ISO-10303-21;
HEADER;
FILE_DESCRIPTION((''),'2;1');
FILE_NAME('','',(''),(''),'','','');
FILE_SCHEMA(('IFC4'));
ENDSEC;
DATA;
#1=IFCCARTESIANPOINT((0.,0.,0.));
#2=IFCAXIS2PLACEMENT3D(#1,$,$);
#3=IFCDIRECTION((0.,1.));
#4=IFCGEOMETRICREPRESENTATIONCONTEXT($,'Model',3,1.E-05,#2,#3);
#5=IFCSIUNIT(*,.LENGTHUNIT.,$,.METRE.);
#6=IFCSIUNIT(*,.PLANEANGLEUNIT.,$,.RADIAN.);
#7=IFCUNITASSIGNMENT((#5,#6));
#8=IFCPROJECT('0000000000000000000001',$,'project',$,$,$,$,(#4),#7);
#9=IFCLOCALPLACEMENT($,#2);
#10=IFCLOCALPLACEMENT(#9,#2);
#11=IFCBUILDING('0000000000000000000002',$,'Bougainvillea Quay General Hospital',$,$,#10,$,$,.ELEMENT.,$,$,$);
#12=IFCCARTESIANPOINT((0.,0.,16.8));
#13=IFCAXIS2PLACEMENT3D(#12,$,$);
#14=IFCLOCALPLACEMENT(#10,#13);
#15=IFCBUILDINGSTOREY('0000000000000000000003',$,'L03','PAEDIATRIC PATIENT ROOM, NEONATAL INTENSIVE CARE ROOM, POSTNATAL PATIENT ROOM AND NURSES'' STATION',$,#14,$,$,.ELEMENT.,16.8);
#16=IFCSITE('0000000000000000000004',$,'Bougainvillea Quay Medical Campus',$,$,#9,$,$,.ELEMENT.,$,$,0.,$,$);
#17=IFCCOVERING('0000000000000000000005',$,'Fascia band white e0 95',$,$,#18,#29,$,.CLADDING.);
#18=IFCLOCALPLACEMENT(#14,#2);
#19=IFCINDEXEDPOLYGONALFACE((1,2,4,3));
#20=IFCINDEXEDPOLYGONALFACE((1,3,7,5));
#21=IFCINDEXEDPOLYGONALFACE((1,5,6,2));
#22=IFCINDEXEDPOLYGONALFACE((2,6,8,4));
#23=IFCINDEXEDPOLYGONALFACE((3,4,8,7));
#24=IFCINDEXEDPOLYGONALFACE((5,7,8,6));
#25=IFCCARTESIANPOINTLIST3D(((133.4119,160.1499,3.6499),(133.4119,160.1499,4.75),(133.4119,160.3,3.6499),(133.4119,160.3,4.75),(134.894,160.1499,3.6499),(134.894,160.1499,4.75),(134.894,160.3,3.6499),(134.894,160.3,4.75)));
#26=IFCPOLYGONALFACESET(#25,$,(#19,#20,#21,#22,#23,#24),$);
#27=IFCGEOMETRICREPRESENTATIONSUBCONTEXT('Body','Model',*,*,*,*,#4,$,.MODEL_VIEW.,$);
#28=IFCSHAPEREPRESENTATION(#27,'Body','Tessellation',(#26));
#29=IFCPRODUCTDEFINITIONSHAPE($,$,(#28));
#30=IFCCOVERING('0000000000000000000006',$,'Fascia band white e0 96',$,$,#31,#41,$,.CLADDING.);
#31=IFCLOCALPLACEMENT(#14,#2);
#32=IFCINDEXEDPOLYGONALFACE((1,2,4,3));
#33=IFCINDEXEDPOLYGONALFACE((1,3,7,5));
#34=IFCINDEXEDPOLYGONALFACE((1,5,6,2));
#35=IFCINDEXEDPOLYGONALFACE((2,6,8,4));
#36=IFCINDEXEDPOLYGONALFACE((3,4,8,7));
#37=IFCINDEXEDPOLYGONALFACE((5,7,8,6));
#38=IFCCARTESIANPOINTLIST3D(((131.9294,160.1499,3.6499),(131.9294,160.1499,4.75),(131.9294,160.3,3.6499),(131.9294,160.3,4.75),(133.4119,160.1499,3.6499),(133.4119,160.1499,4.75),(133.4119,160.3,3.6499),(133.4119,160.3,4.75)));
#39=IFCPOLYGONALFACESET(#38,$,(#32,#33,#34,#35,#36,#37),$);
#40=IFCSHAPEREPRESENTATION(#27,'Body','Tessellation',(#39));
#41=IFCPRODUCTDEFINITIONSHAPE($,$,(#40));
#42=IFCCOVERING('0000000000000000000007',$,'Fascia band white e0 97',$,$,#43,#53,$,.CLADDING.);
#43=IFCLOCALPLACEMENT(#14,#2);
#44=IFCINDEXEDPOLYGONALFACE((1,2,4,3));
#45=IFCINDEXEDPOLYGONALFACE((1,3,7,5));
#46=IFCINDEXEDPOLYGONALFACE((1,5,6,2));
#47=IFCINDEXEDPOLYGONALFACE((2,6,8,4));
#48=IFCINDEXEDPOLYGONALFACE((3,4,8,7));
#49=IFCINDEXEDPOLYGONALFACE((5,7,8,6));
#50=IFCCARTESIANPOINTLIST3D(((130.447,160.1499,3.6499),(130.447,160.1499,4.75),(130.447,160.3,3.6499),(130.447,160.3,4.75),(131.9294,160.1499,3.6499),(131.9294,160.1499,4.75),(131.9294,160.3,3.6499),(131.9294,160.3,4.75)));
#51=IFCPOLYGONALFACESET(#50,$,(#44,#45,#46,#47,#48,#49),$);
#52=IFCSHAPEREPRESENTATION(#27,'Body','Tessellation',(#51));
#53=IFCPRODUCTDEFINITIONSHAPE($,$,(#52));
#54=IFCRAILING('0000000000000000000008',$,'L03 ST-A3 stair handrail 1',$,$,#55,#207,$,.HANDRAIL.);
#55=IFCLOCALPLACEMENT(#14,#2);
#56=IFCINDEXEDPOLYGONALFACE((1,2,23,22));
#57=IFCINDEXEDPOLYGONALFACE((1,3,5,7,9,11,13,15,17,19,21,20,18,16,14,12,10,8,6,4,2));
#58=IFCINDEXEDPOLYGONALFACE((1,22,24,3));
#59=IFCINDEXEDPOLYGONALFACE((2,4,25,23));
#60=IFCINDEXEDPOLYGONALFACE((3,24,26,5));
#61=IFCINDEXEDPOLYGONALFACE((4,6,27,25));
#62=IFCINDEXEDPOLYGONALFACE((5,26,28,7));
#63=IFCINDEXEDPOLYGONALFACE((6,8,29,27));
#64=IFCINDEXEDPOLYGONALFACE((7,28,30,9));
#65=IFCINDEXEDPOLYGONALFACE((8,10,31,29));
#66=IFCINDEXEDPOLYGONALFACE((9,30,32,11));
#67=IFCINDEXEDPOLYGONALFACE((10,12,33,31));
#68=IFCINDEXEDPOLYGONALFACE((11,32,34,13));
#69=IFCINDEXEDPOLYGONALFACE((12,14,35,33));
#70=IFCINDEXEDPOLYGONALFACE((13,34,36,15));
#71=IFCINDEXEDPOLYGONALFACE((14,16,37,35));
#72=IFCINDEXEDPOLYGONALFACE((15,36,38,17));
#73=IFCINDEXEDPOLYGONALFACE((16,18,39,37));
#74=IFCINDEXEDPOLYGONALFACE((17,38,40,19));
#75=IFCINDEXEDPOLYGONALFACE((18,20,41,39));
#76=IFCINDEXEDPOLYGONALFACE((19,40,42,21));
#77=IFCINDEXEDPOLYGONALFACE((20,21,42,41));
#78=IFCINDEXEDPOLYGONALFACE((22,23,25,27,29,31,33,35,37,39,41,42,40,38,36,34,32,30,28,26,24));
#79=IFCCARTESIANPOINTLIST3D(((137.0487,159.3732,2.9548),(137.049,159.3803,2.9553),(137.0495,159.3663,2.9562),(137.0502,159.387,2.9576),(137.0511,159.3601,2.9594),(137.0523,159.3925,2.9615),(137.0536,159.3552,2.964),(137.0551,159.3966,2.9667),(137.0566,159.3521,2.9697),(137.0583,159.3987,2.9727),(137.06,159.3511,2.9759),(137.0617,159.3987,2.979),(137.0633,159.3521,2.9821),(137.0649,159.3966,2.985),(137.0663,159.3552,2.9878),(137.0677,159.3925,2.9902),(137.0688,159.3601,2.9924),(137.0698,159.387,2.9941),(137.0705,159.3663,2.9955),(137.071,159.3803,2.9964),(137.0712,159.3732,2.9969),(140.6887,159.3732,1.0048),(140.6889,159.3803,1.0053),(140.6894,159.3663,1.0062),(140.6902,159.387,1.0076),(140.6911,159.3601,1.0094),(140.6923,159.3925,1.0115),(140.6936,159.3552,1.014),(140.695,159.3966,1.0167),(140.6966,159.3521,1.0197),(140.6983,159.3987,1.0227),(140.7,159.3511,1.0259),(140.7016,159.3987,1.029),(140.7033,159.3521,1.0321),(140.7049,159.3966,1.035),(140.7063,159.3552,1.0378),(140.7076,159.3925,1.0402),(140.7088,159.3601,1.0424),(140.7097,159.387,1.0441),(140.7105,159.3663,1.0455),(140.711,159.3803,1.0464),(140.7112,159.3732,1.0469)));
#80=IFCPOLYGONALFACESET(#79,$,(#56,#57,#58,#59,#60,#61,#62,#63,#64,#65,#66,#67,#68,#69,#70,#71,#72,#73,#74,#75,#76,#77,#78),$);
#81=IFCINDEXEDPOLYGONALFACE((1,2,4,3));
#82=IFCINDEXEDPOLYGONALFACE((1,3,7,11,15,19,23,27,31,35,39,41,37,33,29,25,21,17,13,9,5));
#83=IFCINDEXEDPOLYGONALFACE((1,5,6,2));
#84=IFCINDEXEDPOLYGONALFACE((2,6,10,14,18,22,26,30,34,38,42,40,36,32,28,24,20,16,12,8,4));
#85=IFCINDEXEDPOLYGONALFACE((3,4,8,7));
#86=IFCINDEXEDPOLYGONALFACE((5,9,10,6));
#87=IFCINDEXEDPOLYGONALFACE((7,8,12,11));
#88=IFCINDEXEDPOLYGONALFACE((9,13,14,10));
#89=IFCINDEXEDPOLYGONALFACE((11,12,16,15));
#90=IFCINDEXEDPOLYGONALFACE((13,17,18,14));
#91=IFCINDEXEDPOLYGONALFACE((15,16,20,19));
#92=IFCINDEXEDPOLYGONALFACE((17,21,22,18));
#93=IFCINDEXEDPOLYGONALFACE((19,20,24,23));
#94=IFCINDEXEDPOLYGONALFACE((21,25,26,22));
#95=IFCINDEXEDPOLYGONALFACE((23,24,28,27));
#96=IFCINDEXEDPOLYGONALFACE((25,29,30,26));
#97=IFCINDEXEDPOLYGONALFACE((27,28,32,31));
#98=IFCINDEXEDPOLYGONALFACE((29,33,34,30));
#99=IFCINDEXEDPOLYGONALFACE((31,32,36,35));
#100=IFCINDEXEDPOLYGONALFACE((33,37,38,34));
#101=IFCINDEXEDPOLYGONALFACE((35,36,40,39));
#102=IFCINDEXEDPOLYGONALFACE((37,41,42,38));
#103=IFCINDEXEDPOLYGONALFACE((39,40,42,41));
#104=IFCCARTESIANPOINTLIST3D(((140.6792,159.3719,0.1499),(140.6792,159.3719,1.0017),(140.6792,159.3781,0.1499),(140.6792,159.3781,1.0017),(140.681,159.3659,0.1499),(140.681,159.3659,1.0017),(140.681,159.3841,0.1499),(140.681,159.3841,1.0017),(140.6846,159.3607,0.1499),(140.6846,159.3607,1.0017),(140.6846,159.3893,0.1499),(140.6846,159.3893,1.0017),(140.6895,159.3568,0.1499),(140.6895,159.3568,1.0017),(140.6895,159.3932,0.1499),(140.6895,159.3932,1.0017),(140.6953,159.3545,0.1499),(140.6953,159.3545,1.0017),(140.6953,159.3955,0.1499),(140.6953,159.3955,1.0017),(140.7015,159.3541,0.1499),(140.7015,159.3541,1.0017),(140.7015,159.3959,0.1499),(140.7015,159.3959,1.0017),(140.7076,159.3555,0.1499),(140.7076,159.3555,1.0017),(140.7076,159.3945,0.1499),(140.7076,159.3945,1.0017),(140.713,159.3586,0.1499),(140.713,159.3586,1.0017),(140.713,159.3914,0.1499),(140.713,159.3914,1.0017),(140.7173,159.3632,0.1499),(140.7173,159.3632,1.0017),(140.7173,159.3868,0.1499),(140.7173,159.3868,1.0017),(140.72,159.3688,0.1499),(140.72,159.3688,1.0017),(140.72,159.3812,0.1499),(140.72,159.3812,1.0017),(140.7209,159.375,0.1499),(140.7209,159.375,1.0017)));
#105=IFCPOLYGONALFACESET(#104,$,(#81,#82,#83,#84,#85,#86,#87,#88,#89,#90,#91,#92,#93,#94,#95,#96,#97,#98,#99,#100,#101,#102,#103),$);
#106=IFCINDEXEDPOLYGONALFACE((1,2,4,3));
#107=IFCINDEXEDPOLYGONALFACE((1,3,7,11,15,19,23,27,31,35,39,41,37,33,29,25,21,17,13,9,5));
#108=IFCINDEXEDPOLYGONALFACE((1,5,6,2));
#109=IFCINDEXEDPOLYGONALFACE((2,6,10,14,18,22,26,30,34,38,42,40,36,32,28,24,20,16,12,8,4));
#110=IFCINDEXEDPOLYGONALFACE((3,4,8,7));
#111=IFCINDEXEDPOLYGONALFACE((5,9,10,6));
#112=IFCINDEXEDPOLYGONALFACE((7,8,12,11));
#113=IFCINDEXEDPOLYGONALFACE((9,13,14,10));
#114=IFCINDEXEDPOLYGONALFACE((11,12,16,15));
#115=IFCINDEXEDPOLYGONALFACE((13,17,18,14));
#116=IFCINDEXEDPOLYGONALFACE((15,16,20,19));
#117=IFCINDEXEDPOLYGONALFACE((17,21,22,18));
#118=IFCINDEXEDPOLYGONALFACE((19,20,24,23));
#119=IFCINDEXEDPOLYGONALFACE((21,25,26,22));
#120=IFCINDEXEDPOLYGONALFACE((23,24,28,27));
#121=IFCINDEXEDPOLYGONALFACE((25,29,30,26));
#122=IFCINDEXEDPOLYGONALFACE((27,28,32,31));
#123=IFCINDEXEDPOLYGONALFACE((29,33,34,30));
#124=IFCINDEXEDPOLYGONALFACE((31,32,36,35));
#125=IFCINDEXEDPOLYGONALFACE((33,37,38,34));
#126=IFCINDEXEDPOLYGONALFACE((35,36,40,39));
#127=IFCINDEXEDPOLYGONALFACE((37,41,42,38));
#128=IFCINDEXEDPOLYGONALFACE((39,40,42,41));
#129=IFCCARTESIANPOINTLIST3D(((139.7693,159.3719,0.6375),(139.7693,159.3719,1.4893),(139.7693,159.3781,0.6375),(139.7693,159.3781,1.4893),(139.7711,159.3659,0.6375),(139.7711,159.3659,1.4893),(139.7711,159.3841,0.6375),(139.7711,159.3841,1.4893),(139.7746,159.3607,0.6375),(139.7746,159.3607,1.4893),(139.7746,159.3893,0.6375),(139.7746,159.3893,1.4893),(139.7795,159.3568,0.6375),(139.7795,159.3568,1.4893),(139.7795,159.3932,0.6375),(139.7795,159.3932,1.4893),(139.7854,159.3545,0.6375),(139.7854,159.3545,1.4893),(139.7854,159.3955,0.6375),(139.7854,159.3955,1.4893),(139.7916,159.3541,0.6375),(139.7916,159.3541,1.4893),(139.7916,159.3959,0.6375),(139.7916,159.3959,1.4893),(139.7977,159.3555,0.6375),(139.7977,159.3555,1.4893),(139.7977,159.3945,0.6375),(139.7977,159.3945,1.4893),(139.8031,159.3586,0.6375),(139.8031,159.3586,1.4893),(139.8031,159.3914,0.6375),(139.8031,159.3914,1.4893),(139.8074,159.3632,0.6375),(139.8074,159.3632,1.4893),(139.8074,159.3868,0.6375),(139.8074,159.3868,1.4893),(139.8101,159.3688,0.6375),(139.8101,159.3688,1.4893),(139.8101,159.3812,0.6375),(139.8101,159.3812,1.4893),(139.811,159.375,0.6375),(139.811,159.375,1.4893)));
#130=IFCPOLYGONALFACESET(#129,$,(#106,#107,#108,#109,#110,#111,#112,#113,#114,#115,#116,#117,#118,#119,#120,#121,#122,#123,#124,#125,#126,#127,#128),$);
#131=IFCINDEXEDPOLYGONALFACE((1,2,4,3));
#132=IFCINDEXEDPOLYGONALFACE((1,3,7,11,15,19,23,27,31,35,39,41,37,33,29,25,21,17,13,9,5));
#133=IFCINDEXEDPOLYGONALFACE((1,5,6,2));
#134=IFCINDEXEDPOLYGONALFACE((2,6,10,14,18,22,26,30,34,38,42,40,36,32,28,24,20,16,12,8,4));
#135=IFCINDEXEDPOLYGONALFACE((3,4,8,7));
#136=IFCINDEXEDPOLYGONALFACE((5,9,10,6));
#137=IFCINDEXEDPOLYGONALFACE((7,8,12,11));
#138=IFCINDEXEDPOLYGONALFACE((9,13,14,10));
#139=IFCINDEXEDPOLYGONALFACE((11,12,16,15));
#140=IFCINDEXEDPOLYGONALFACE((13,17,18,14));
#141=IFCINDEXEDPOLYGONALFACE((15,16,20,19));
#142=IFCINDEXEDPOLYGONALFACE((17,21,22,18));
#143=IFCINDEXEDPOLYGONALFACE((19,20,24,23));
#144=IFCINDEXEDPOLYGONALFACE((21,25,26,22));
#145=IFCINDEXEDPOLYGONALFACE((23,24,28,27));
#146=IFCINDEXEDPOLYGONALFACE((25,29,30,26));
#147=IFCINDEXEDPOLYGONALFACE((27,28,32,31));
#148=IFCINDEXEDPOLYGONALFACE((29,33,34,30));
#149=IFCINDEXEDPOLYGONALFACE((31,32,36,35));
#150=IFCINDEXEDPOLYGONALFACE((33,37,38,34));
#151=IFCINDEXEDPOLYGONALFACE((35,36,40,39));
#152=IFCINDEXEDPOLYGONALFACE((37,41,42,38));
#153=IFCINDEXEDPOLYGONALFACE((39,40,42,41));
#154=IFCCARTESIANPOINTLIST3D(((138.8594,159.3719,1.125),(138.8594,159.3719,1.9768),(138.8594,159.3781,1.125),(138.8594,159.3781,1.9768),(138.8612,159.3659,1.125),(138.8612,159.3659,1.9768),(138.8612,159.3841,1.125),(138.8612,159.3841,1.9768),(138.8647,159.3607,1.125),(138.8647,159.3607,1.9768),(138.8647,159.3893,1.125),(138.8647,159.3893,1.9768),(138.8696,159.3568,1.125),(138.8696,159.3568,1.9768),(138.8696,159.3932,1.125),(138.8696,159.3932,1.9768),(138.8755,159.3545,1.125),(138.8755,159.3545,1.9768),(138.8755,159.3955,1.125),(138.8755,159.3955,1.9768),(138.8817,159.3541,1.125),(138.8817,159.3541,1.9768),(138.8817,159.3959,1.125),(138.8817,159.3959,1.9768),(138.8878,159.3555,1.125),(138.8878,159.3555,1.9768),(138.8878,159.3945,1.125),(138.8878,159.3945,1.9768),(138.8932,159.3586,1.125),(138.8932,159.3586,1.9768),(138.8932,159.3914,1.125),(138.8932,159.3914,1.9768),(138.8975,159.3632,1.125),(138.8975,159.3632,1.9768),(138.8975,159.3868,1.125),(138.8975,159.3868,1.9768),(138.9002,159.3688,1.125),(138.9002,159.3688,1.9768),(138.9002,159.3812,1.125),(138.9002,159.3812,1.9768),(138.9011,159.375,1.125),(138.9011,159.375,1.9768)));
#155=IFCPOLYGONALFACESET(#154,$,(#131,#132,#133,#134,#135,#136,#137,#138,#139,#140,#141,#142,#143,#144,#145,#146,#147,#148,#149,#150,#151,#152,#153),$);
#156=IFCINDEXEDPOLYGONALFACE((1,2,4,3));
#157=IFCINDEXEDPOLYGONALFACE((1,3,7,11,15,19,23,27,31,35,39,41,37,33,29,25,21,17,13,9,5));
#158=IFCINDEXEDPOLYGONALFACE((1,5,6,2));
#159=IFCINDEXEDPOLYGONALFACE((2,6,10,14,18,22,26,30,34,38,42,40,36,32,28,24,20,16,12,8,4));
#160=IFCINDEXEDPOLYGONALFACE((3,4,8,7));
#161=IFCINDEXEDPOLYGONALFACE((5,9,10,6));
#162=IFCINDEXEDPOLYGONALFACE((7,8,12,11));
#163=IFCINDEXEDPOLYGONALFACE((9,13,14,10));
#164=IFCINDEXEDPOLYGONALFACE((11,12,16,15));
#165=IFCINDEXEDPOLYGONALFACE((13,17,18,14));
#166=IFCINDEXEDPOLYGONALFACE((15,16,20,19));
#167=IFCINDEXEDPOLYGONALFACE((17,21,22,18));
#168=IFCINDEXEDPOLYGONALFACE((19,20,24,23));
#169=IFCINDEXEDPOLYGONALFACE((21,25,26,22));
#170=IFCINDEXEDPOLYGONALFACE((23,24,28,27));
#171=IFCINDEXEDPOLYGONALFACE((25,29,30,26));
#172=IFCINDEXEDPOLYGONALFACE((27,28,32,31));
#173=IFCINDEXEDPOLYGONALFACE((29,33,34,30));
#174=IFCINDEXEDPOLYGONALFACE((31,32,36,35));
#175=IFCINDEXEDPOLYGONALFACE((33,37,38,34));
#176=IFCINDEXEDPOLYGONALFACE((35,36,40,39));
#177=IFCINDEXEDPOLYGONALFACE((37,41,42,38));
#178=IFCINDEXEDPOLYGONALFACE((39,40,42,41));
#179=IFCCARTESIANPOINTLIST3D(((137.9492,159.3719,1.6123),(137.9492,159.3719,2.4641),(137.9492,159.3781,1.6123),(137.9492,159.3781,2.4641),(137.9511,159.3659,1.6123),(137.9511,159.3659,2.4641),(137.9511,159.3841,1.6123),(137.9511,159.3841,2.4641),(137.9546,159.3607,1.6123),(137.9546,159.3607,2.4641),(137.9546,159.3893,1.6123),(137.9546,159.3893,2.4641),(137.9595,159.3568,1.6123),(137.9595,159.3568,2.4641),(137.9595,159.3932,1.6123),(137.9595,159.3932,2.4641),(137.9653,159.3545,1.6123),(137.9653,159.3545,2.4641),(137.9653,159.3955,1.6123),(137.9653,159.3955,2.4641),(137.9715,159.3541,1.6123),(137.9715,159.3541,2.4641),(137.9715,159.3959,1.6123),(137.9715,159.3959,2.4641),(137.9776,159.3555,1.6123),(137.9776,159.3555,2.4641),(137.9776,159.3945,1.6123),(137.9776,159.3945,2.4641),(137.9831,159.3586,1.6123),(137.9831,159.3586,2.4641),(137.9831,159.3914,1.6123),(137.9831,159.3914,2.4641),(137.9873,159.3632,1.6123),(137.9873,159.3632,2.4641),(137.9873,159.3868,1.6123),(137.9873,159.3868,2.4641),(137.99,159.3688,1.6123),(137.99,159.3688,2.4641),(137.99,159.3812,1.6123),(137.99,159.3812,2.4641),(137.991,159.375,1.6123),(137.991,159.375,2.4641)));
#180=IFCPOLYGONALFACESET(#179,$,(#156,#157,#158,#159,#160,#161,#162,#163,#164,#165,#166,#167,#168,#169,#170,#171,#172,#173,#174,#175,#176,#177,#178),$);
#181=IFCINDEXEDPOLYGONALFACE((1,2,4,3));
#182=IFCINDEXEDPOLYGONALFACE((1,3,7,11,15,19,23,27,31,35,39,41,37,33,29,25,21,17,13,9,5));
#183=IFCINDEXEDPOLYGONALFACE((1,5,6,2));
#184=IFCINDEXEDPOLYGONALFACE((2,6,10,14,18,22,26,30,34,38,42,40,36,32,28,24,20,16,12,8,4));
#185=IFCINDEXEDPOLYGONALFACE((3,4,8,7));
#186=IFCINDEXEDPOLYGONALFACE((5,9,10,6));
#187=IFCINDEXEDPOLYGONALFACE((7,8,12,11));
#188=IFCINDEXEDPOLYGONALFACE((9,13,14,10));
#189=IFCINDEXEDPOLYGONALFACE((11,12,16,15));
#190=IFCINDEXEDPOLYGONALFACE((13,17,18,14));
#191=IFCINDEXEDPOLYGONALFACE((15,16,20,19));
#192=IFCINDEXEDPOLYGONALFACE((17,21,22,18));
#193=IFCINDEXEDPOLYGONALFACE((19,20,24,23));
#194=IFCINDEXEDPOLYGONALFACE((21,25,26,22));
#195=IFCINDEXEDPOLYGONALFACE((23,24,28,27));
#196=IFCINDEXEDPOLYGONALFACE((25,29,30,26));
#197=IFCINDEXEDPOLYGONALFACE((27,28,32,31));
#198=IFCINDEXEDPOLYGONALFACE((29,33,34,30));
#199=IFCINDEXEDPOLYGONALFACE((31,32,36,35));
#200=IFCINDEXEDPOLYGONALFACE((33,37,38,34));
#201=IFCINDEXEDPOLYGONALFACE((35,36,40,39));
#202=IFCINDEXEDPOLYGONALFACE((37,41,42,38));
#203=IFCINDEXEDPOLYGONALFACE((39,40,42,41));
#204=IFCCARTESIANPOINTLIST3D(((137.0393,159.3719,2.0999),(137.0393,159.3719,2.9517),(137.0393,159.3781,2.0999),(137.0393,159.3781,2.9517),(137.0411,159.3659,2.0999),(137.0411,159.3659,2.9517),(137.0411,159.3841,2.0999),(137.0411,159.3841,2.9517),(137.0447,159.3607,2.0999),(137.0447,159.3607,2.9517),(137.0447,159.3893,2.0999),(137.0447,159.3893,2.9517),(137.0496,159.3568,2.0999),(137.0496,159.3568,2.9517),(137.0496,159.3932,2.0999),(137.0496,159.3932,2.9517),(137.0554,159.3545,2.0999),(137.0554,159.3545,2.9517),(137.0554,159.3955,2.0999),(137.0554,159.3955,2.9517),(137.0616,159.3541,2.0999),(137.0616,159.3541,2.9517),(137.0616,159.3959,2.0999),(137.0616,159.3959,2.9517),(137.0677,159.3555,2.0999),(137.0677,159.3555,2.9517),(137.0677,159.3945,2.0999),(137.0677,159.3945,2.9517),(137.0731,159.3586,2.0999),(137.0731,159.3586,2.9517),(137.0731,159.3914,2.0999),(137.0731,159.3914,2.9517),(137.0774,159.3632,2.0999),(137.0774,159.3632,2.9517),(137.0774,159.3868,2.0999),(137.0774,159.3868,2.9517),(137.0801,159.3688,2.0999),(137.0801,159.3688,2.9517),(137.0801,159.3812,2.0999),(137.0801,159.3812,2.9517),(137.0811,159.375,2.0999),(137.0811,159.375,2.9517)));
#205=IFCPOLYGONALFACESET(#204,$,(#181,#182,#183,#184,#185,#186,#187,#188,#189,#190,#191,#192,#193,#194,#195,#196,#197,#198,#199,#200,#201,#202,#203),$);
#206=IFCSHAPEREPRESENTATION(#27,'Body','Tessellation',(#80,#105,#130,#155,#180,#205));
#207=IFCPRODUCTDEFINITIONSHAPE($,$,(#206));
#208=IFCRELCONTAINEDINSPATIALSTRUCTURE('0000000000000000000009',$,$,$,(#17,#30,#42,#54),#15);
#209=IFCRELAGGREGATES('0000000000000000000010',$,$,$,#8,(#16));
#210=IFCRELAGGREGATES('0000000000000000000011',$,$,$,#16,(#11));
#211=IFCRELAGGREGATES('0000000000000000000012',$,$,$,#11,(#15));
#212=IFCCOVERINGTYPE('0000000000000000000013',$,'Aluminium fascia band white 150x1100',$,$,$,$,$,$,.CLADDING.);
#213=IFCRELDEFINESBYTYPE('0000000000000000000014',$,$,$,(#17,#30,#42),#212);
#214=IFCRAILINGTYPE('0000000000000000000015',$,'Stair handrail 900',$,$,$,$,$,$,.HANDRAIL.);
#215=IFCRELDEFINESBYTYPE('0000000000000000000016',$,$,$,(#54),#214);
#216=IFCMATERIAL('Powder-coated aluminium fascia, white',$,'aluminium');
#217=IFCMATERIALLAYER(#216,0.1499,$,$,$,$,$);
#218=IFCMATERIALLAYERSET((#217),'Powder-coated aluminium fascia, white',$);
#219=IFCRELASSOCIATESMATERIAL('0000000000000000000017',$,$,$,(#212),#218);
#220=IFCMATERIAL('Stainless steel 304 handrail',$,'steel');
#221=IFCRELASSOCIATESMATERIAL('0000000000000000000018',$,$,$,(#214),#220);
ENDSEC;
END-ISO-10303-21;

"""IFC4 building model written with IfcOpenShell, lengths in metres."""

from ifc_helpers import new_model, si_unit, direction, frame, origin, origin_2d, place, context, subcontext, project, spatial, polyline, circle, outline, extrude, material, layer, layer_set, type_object, element, save


model = new_model("IFC4")

# Units and contexts
model_context = context("Model", 3, precision=1e-05, world=origin(), true_north=direction((0.0, 1.0)))
body_context = subcontext(model_context, "Body", "Model", "MODEL_VIEW")
ifc_project = project(units=[si_unit("LENGTHUNIT", "METRE"), si_unit("PLANEANGLEUNIT", "RADIAN")], contexts=[model_context])

# Site, building, storey
site_placement = place(None, origin())
site = spatial("IfcSite", under=ifc_project, at=site_placement, Name="Bougainvillea Quay Medical Campus", CompositionType="ELEMENT", RefElevation=0.0)
building_placement = place(site_placement, origin())
building = spatial("IfcBuilding", under=site, at=building_placement, Name="Bougainvillea Quay General Hospital", CompositionType="ELEMENT")
storey_placement = place(building_placement, frame((0.0, 0.0, 16.8)))
storey = spatial("IfcBuildingStorey", under=building, at=storey_placement, Name="L03", Description="PAEDIATRIC PATIENT ROOM, NEONATAL INTENSIVE CARE ROOM, POSTNATAL PATIENT ROOM AND NURSES' STATION", CompositionType="ELEMENT", Elevation=16.8)

# Coverings
ifc_material_1 = material(Name="Powder-coated aluminium fascia, white", Category="aluminium")
ifc_layer_1 = layer(ifc_material_1, 0.1499)
ifc_layer_set_1 = layer_set([ifc_layer_1], Name="Powder-coated aluminium fascia, white")
covering_type = type_object("IfcCoveringType", Name="Aluminium fascia band white 150x1100", PredefinedType="CLADDING", material=ifc_layer_set_1)
covering_1_placement = place(storey_placement, frame((134.894, 160.1499, 3.6499), z_axis=(0.0, 0.0, 1.0), x_axis=(-1.0, 0.0, 0.0)))
element("IfcCovering", 1, at=covering_1_placement, inside=storey, type_object=covering_type, Name="Fascia band white e0 95", PredefinedType="CLADDING", context=body_context, shape_type="SweptSolid", body=[
    extrude(outline(polyline([(0.0, 0.0), (1.4822, 0.0), (1.4822, -0.1501), (0.0, -0.1501), (0.0, 0.0)])), origin(), (0.0, 0.0, 1.0), 1.1001),
])
for number, where, z_axis, x_axis, name in (
    (2, (133.4119, 160.1499, 3.6499), (0.0, 0.0, 1.0), (-1.0, 0.0, 0.0), "Fascia band white e0 96"),
    (3, (131.9294, 160.1499, 3.6499), (0.0, 0.0, 1.0), (-1.0, 0.0, 0.0), "Fascia band white e0 97"),
):
    element("IfcCovering", number, at=place(storey_placement, frame(where, z_axis=z_axis, x_axis=x_axis)), inside=storey, type_object=covering_type, Name=name, PredefinedType="CLADDING", context=body_context, shape_type="SweptSolid", body=[
        extrude(outline(polyline([(0.0, 0.0), (1.4824, 0.0), (1.4824, -0.1501), (0.0, -0.1501), (0.0, 0.0)])), origin(), (0.0, 0.0, 1.0), 1.1001),
    ])

# Railing
ifc_material_2 = material(Name="Stainless steel 304 handrail", Category="steel")
railing_type = type_object("IfcRailingType", Name="Stair handrail 900", PredefinedType="HANDRAIL", material=ifc_material_2)
railing_placement = place(storey_placement, frame((140.7, 159.375, 0.1499)))
element("IfcRailing", 4, at=railing_placement, inside=storey, type_object=railing_type, Name="L03 ST-A3 stair handrail 1", PredefinedType="HANDRAIL", context=body_context, shape_type="SweptSolid", body=[
    extrude(circle(Radius=0.0239, at=origin_2d()), frame((0.0, 0.0, 0.876), z_axis=(-0.881479, 0.0, 0.472223), x_axis=(0.0, -1.0, 0.0)), (0.0, 0.0, 1.0), 4.1294),
    extrude(circle(Radius=0.021, at=origin_2d()), origin(), (0.0, 0.0, 1.0), 0.8518),
    extrude(circle(Radius=0.021, at=origin_2d()), frame((-0.9099, 0.0, 0.4875)), (0.0, 0.0, 1.0), 0.8518),
    extrude(circle(Radius=0.021, at=origin_2d()), frame((-1.8198, 0.0, 0.9751)), (0.0, 0.0, 1.0), 0.8518),
    extrude(circle(Radius=0.021, at=origin_2d()), frame((-2.73, 0.0, 1.4624)), (0.0, 0.0, 1.0), 0.8518),
    extrude(circle(Radius=0.021, at=origin_2d()), frame((-3.6399, 0.0, 1.95)), (0.0, 0.0, 1.0), 0.8518),
])

save(model, "model.ifc")
